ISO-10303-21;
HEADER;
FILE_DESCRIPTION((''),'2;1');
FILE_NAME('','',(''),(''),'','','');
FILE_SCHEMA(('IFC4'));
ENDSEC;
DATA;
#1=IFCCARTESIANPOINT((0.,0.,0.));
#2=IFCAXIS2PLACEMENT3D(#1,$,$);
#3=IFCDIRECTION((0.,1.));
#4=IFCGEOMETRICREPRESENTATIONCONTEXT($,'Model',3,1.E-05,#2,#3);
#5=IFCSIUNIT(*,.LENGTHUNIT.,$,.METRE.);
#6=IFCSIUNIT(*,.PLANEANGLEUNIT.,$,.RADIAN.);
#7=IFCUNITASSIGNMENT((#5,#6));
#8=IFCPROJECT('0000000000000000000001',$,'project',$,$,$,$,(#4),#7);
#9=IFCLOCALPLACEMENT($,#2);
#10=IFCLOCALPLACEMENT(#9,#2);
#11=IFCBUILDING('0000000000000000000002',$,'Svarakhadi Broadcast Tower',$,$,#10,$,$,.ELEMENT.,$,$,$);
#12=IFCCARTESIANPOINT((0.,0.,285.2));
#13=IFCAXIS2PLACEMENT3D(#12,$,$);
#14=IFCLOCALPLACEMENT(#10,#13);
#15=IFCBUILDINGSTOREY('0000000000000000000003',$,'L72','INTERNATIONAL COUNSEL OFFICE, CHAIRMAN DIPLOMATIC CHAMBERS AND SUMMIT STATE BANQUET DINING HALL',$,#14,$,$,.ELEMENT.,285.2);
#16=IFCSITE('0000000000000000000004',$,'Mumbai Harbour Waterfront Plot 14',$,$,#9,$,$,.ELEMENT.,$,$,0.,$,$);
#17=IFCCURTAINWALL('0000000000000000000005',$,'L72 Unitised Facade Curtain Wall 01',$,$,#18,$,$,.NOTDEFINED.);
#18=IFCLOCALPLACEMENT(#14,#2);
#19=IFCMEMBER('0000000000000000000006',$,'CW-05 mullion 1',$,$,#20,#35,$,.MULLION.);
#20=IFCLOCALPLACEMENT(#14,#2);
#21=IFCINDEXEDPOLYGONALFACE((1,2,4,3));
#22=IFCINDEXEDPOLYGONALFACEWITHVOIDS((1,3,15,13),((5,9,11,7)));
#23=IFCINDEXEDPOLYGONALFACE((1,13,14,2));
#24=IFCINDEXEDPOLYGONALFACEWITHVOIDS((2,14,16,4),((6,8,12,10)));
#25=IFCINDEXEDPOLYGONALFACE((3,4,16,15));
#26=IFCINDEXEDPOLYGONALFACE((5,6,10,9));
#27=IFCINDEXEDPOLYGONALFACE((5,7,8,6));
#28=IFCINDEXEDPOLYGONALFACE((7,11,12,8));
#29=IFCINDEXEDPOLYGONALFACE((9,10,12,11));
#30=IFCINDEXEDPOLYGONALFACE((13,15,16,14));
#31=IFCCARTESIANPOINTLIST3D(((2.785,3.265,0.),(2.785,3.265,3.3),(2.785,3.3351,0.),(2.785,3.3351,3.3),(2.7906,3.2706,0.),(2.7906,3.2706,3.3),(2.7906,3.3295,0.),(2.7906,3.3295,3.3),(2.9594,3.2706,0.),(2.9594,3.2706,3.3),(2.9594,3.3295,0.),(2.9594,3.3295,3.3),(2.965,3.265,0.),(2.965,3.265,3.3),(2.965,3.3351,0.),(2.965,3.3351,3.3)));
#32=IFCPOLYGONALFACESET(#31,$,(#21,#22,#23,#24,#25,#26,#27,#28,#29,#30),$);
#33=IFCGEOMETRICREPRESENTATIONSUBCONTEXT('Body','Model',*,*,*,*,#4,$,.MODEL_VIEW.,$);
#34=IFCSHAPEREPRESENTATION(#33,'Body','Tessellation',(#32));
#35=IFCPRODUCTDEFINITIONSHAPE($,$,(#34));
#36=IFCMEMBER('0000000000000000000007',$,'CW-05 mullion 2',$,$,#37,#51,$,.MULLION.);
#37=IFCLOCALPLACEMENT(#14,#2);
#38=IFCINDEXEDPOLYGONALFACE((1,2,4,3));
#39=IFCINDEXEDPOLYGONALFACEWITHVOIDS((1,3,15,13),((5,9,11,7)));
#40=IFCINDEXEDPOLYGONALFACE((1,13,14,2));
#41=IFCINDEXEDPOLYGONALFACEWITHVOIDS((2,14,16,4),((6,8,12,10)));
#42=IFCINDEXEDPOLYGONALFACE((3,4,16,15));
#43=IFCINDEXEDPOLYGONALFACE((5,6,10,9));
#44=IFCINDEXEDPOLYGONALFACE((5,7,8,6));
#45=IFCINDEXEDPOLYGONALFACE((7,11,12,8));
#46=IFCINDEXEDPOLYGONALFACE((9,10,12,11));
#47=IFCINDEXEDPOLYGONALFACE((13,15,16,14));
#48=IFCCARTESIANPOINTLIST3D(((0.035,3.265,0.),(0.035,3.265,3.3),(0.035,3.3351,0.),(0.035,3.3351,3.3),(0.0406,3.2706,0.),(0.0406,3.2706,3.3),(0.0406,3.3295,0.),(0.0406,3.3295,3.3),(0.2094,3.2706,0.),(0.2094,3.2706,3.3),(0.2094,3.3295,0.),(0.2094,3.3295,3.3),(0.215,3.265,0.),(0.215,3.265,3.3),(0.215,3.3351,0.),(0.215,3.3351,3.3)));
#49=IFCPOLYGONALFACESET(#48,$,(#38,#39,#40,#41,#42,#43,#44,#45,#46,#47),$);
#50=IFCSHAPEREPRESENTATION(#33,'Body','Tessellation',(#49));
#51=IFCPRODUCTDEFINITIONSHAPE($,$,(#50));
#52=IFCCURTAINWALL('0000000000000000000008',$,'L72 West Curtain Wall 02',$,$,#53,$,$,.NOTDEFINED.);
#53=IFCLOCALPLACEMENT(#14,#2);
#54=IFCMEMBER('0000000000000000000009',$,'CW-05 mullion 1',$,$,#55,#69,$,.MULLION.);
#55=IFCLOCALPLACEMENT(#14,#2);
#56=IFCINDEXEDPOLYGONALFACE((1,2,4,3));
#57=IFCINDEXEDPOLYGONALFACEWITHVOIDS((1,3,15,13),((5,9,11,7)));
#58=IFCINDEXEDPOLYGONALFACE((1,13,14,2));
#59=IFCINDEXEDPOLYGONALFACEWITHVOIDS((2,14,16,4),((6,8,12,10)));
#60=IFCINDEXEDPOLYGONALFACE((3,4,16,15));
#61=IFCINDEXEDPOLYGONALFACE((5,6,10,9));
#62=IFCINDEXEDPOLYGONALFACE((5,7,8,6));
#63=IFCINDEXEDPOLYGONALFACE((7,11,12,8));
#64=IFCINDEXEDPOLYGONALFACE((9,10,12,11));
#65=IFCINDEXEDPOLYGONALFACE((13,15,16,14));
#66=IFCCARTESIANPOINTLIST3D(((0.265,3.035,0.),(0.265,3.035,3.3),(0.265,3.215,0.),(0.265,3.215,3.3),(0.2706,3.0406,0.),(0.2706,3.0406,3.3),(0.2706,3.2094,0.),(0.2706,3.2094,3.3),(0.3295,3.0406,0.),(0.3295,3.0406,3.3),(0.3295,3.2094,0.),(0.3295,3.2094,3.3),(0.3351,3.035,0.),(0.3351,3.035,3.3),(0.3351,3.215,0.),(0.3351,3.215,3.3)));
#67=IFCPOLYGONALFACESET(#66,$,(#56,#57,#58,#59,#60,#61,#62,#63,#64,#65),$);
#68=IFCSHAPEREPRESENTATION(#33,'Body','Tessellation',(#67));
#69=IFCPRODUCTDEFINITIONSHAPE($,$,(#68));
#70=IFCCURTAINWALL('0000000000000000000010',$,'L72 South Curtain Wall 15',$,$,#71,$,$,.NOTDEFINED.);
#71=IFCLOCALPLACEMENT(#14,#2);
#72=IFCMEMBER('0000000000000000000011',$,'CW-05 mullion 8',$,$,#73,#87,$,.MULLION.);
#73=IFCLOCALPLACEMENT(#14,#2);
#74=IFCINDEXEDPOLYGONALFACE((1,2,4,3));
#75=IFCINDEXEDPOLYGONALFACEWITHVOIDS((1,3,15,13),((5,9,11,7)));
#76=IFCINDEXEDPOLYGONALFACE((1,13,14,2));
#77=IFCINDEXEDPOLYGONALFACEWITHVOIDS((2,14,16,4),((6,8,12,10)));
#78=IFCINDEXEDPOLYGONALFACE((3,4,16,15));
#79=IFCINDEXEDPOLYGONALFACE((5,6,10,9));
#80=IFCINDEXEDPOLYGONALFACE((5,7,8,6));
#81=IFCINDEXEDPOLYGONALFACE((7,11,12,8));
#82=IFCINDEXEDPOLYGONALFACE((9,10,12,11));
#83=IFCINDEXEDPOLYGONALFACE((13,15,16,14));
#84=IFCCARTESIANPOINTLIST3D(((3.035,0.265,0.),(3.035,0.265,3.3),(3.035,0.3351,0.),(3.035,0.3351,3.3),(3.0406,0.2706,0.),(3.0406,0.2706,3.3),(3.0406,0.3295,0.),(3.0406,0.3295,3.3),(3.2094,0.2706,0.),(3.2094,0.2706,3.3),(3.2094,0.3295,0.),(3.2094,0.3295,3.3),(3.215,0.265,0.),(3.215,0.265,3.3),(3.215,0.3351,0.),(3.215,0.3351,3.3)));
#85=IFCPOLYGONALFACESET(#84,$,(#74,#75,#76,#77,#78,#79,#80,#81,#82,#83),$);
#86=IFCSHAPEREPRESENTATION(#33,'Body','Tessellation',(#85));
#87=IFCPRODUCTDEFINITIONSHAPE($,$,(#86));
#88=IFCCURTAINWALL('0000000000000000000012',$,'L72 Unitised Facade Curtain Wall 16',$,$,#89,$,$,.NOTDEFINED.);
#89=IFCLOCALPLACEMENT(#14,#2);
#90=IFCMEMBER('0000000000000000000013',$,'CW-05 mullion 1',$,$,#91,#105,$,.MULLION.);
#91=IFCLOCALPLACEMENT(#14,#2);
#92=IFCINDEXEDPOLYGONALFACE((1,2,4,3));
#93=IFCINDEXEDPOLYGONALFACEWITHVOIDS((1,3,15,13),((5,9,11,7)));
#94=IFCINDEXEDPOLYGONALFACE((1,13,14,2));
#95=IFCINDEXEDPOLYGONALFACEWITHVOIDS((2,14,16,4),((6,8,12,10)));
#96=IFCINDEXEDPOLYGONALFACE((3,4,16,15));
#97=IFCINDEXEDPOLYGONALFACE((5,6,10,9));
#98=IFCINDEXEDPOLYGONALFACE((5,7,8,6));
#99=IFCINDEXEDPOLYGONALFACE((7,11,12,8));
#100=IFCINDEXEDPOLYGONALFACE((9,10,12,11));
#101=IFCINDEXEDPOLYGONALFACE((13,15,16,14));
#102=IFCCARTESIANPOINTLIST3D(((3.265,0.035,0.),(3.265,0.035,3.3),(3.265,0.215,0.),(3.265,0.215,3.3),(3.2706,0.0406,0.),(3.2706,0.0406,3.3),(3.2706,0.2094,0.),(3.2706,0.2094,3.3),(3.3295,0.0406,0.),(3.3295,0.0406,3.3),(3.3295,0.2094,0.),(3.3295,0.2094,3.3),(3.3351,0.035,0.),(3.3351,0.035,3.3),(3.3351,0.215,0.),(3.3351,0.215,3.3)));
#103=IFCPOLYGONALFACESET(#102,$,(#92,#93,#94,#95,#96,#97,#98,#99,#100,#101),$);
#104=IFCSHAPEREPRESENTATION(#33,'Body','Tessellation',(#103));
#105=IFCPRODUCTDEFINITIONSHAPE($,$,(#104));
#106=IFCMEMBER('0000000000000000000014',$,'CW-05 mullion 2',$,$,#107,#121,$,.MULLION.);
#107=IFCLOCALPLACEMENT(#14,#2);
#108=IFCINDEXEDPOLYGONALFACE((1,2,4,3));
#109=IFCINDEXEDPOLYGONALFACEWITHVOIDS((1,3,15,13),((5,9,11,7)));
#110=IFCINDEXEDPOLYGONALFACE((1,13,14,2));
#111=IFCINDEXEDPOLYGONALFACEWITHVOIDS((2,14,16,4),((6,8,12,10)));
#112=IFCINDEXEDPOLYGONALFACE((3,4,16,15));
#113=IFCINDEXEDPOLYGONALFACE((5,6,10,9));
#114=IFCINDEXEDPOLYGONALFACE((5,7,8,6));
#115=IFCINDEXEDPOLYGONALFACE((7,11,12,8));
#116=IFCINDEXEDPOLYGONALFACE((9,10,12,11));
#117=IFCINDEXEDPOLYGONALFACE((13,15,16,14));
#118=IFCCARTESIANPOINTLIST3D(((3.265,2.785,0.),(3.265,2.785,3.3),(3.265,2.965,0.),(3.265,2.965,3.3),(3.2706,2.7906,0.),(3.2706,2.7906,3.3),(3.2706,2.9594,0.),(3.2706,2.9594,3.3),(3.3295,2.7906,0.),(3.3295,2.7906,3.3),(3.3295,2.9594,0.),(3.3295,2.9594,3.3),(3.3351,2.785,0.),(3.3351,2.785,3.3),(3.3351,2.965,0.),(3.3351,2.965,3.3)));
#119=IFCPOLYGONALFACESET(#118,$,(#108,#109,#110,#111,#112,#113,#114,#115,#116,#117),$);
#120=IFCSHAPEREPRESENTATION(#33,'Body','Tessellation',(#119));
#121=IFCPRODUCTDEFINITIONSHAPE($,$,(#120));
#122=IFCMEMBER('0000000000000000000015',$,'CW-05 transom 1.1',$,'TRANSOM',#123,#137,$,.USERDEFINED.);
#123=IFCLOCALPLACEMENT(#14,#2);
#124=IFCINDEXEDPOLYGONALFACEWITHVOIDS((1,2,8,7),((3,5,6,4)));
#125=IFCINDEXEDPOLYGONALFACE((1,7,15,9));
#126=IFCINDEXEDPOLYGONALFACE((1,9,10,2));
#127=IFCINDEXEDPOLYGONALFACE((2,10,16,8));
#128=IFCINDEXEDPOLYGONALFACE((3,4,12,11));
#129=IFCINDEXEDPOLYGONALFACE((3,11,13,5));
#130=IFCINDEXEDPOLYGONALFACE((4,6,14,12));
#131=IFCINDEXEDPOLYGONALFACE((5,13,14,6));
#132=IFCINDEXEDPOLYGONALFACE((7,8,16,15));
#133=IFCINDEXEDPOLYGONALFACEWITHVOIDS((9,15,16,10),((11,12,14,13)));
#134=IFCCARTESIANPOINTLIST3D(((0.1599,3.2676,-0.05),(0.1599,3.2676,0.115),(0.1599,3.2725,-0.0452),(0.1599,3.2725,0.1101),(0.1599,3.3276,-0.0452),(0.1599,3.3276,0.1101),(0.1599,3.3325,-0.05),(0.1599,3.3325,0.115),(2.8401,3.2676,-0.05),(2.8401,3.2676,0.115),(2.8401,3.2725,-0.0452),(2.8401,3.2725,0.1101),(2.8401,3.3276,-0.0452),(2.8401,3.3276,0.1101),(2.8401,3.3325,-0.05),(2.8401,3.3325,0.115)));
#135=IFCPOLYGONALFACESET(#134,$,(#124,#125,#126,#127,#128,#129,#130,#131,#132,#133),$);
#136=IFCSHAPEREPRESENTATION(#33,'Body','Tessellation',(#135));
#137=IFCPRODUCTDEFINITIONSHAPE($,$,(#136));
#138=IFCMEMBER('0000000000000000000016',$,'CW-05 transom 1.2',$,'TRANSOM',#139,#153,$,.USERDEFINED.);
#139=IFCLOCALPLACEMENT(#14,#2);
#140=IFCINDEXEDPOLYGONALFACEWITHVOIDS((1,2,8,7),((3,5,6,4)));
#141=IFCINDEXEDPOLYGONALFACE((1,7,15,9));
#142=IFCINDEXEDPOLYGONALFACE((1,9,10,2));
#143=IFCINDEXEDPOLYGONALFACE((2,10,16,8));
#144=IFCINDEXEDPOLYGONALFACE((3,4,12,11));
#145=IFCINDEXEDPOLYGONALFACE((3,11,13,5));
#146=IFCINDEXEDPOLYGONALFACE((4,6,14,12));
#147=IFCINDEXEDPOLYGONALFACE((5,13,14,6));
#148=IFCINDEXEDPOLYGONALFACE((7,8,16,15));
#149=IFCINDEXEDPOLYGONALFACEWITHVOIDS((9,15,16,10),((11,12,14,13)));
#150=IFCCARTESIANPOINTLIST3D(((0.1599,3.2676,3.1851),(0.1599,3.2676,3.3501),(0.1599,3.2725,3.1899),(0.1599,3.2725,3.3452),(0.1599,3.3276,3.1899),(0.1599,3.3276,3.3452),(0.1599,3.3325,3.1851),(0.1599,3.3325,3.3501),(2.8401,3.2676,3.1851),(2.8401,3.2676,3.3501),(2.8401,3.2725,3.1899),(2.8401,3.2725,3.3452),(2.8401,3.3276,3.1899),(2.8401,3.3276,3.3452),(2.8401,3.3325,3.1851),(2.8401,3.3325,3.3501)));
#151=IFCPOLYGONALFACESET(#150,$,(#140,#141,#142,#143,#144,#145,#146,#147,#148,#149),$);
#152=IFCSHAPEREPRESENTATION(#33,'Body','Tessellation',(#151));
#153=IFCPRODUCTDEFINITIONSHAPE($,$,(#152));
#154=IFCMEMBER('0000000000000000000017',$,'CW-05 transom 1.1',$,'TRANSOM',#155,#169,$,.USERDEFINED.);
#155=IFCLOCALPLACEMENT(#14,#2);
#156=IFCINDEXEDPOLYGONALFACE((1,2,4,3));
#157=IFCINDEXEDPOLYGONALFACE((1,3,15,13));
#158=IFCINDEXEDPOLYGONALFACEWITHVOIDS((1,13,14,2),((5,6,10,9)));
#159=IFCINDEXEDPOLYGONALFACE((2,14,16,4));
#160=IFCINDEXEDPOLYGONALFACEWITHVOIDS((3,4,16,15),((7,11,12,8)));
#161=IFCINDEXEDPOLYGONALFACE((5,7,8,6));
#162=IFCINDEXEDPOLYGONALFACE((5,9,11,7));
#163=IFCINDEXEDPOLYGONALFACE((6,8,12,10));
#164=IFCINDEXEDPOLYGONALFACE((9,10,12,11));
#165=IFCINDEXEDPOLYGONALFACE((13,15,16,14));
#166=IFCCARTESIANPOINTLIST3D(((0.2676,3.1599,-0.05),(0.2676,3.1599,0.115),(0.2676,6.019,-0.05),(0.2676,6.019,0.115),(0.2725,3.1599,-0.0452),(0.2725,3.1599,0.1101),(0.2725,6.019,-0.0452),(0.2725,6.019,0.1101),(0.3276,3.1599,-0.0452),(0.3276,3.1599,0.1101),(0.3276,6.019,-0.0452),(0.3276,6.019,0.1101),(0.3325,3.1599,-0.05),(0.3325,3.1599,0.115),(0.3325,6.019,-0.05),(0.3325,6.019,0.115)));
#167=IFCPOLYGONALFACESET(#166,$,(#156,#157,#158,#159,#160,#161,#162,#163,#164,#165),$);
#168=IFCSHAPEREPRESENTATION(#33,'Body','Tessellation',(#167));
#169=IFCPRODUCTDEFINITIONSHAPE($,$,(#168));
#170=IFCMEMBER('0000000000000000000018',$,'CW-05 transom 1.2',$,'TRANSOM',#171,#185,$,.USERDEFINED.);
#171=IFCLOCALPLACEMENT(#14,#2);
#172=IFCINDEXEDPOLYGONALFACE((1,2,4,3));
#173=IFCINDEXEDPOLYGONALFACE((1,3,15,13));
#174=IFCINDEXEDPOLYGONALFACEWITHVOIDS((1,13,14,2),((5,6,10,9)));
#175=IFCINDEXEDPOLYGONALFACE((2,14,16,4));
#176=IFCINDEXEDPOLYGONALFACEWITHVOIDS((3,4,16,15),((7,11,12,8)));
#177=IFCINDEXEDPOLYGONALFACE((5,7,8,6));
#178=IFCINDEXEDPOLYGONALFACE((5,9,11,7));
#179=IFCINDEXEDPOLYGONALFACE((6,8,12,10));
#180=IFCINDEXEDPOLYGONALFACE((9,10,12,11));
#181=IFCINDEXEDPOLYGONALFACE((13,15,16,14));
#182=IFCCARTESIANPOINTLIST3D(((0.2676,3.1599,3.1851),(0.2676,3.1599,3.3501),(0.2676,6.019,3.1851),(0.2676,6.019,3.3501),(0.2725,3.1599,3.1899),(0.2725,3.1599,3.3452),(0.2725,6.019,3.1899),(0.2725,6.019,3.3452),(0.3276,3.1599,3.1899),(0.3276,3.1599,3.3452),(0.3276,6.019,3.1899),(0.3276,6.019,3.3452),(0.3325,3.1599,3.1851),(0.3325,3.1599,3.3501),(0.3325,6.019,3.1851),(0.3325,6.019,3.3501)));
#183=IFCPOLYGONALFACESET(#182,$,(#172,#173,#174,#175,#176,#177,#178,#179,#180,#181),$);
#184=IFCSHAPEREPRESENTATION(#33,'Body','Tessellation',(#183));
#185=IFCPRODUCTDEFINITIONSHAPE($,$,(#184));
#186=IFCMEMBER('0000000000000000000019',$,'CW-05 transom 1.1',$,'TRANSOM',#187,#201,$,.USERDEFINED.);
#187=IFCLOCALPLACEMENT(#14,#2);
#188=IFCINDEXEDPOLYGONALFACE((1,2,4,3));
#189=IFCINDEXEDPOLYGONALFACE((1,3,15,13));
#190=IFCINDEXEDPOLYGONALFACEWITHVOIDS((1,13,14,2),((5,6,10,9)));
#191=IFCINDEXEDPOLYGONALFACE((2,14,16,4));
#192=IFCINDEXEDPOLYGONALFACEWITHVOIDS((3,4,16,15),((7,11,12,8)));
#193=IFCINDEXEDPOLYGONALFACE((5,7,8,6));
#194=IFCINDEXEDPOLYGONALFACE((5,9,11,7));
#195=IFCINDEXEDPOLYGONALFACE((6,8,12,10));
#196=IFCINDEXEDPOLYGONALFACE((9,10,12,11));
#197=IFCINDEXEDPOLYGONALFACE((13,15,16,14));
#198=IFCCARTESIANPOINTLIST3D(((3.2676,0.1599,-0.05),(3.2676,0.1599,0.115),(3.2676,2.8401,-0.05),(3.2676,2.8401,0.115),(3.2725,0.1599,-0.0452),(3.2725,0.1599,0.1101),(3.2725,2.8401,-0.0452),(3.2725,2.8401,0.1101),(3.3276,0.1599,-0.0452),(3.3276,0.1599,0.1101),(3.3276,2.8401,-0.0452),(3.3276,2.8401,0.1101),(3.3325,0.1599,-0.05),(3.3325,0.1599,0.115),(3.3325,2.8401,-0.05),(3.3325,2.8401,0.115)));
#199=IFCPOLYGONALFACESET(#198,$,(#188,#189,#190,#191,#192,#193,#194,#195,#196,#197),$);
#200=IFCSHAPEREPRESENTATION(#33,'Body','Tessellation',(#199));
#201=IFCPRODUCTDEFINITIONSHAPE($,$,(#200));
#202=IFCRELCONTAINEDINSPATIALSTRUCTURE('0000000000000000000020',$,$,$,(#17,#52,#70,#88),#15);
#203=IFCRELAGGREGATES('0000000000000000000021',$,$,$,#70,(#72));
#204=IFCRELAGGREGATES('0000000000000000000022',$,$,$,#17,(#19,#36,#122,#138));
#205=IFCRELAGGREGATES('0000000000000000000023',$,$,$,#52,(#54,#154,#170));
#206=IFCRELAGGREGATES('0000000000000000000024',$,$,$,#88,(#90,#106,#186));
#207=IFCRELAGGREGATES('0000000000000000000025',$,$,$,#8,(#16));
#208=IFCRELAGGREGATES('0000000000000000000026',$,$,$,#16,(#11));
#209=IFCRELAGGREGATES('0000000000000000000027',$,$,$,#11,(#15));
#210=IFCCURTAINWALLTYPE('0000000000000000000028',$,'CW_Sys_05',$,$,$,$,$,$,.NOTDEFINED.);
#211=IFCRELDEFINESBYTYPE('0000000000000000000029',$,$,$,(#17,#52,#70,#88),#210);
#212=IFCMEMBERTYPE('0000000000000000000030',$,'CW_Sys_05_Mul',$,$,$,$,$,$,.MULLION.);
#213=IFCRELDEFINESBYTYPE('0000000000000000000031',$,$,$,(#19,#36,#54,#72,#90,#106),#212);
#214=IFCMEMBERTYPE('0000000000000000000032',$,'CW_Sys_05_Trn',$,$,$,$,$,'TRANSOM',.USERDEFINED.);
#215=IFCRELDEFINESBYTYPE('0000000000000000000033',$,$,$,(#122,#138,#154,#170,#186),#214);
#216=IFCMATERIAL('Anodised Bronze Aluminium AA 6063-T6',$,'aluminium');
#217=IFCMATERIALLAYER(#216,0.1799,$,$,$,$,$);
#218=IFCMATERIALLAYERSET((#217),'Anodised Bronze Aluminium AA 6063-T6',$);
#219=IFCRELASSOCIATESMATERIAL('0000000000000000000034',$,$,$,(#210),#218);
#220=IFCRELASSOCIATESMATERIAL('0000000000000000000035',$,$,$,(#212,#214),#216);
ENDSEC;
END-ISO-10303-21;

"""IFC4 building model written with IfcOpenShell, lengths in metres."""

from ifc_helpers import new_model, si_unit, direction, frame, origin, origin_2d, place, context, subcontext, project, spatial, hollow_rectangle, extrude, material, layer, layer_set, material_profile, profile_set, type_object, element, aggregate, save


model = new_model("IFC4")

# Units and contexts
model_context = context("Model", 3, precision=1e-05, world=origin(), true_north=direction((0.0, 1.0)))
body_context = subcontext(model_context, "Body", "Model", "MODEL_VIEW")
ifc_project = project(units=[si_unit("LENGTHUNIT", "METRE"), si_unit("PLANEANGLEUNIT", "RADIAN")], contexts=[model_context])

# Site, building, storey
site_placement = place(None, origin())
site = spatial("IfcSite", under=ifc_project, at=site_placement, Name="Mumbai Harbour Waterfront Plot 14", CompositionType="ELEMENT", RefElevation=0.0)
building_placement = place(site_placement, origin())
building = spatial("IfcBuilding", under=site, at=building_placement, Name="Svarakhadi Broadcast Tower", CompositionType="ELEMENT")
storey_placement = place(building_placement, frame((0.0, 0.0, 285.2)))
storey = spatial("IfcBuildingStorey", under=building, at=storey_placement, Name="L72", Description="INTERNATIONAL COUNSEL OFFICE, CHAIRMAN DIPLOMATIC CHAMBERS AND SUMMIT STATE BANQUET DINING HALL", CompositionType="ELEMENT", Elevation=285.2)

# Curtain wall, members
ifc_material_1 = material(Name="Anodised Bronze Aluminium AA 6063-T6", Category="aluminium")
ifc_layer_1 = layer(ifc_material_1, 0.1799)
ifc_layer_set_1 = layer_set([ifc_layer_1], Name="Anodised Bronze Aluminium AA 6063-T6")
curtain_wall_type = type_object("IfcCurtainWallType", Name="CW_Sys_05", PredefinedType="NOTDEFINED", material=ifc_layer_set_1)
curtain_wall_1_placement = place(storey_placement, origin())
curtain_wall_1 = element("IfcCurtainWall", 1, at=curtain_wall_1_placement, inside=storey, type_object=curtain_wall_type, Name="L72 Unitised Facade Curtain Wall 01", PredefinedType="NOTDEFINED")
ifc_material_profile_1 = material_profile(ifc_material_1, hollow_rectangle(XDim=0.0701, YDim=0.1799, WallThickness=0.0056, at=origin_2d()), Name="ALU MULLION 180x70x6")
ifc_profile_set_1 = profile_set([ifc_material_profile_1], Name="Anodised Bronze Aluminium AA 6063-T6")
member_type_1 = type_object("IfcMemberType", Name="CW_Sys_05_Mul", PredefinedType="MULLION", material=ifc_profile_set_1)
member_1_placement = place(storey_placement, frame((2.875, 3.3, 0.0), z_axis=(0.0, 0.0, 1.0), x_axis=(0.0, -1.0, 0.0)))
member_1 = element("IfcMember", 2, at=member_1_placement, type_object=member_type_1, Name="CW-05 mullion 1", PredefinedType="MULLION", context=body_context, shape_type="SweptSolid", body=[
    extrude(hollow_rectangle(XDim=0.0701, YDim=0.1799, WallThickness=0.0056, at=origin_2d()), origin(), (0.0, 0.0, 1.0), 3.3),
])
member_2_placement = place(storey_placement, frame((0.125, 3.3, 0.0), z_axis=(0.0, 0.0, 1.0), x_axis=(0.0, -1.0, 0.0)))
member_2 = element("IfcMember", 3, at=member_2_placement, type_object=member_type_1, Name="CW-05 mullion 2", PredefinedType="MULLION", context=body_context, shape_type="SweptSolid", body=[
    extrude(hollow_rectangle(XDim=0.0701, YDim=0.1799, WallThickness=0.0056, at=origin_2d()), origin(), (0.0, 0.0, 1.0), 3.3),
])

# Curtain walls, members
curtain_wall_2_placement = place(storey_placement, origin())
curtain_wall_2 = element("IfcCurtainWall", 4, at=curtain_wall_2_placement, inside=storey, type_object=curtain_wall_type, Name="L72 West Curtain Wall 02", PredefinedType="NOTDEFINED")
member_3_placement = place(storey_placement, frame((0.3, 3.125, 0.0), z_axis=(0.0, 0.0, 1.0), x_axis=(-1.0, 0.0, 0.0)))
member_3 = element("IfcMember", 5, at=member_3_placement, type_object=member_type_1, Name="CW-05 mullion 1", PredefinedType="MULLION", context=body_context, shape_type="SweptSolid", body=[
    extrude(hollow_rectangle(XDim=0.0701, YDim=0.1799, WallThickness=0.0056, at=origin_2d()), origin(), (0.0, 0.0, 1.0), 3.3),
])
curtain_wall_3_placement = place(storey_placement, origin())
curtain_wall_3 = element("IfcCurtainWall", 6, at=curtain_wall_3_placement, inside=storey, type_object=curtain_wall_type, Name="L72 South Curtain Wall 15", PredefinedType="NOTDEFINED")
member_4_placement = place(storey_placement, frame((3.125, 0.3, 0.0), z_axis=(0.0, 0.0, 1.0), x_axis=(0.0, -1.0, 0.0)))
member_4 = element("IfcMember", 7, at=member_4_placement, type_object=member_type_1, Name="CW-05 mullion 8", PredefinedType="MULLION", context=body_context, shape_type="SweptSolid", body=[
    extrude(hollow_rectangle(XDim=0.0701, YDim=0.1799, WallThickness=0.0056, at=origin_2d()), origin(), (0.0, 0.0, 1.0), 3.3),
])
aggregate(curtain_wall_3, [member_4])

# Curtain wall, members
curtain_wall_4_placement = place(storey_placement, origin())
curtain_wall_4 = element("IfcCurtainWall", 8, at=curtain_wall_4_placement, inside=storey, type_object=curtain_wall_type, Name="L72 Unitised Facade Curtain Wall 16", PredefinedType="NOTDEFINED")
member_5_placement = place(storey_placement, frame((3.3, 0.125, 0.0), z_axis=(0.0, 0.0, 1.0), x_axis=(-1.0, 0.0, 0.0)))
member_5 = element("IfcMember", 9, at=member_5_placement, type_object=member_type_1, Name="CW-05 mullion 1", PredefinedType="MULLION", context=body_context, shape_type="SweptSolid", body=[
    extrude(hollow_rectangle(XDim=0.0701, YDim=0.1799, WallThickness=0.0056, at=origin_2d()), origin(), (0.0, 0.0, 1.0), 3.3),
])
member_6_placement = place(storey_placement, frame((3.3, 2.875, 0.0), z_axis=(0.0, 0.0, 1.0), x_axis=(-1.0, 0.0, 0.0)))
member_6 = element("IfcMember", 10, at=member_6_placement, type_object=member_type_1, Name="CW-05 mullion 2", PredefinedType="MULLION", context=body_context, shape_type="SweptSolid", body=[
    extrude(hollow_rectangle(XDim=0.0701, YDim=0.1799, WallThickness=0.0056, at=origin_2d()), origin(), (0.0, 0.0, 1.0), 3.3),
])

# Members
ifc_material_profile_2 = material_profile(ifc_material_1, hollow_rectangle(XDim=0.0649, YDim=0.165, WallThickness=0.0049, at=origin_2d()), Name="ALU TRANSOM 165x65x5")
ifc_profile_set_2 = profile_set([ifc_material_profile_2], Name="Anodised Bronze Aluminium AA 6063-T6")
member_type_2 = type_object("IfcMemberType", Name="CW_Sys_05_Trn", ElementType="TRANSOM", PredefinedType="USERDEFINED", material=ifc_profile_set_2)
member_7_placement = place(storey_placement, frame((2.8401, 3.3, 0.0325), z_axis=(-1.0, 0.0, 0.0), x_axis=(0.0, -1.0, 0.0)))
member_7 = element("IfcMember", 11, at=member_7_placement, type_object=member_type_2, Name="CW-05 transom 1.1", ObjectType="TRANSOM", PredefinedType="USERDEFINED", context=body_context, shape_type="SweptSolid", body=[
    extrude(hollow_rectangle(XDim=0.0649, YDim=0.165, WallThickness=0.0049, at=origin_2d()), origin(), (0.0, 0.0, 1.0), 2.6802),
])
member_8_placement = place(storey_placement, frame((2.8401, 3.3, 3.2676), z_axis=(-1.0, 0.0, 0.0), x_axis=(0.0, -1.0, 0.0)))
member_8 = element("IfcMember", 12, at=member_8_placement, type_object=member_type_2, Name="CW-05 transom 1.2", ObjectType="TRANSOM", PredefinedType="USERDEFINED", context=body_context, shape_type="SweptSolid", body=[
    extrude(hollow_rectangle(XDim=0.0649, YDim=0.165, WallThickness=0.0049, at=origin_2d()), origin(), (0.0, 0.0, 1.0), 2.6802),
])
member_9_placement = place(storey_placement, frame((0.3, 3.1599, 0.0325), z_axis=(0.0, 1.0, 0.0), x_axis=(-1.0, 0.0, 0.0)))
member_9 = element("IfcMember", 13, at=member_9_placement, type_object=member_type_2, Name="CW-05 transom 1.1", ObjectType="TRANSOM", PredefinedType="USERDEFINED", context=body_context, shape_type="SweptSolid", body=[
    extrude(hollow_rectangle(XDim=0.0649, YDim=0.165, WallThickness=0.0049, at=origin_2d()), origin(), (0.0, 0.0, 1.0), 2.8591),
])
member_10_placement = place(storey_placement, frame((0.3, 3.1599, 3.2676), z_axis=(0.0, 1.0, 0.0), x_axis=(-1.0, 0.0, 0.0)))
member_10 = element("IfcMember", 14, at=member_10_placement, type_object=member_type_2, Name="CW-05 transom 1.2", ObjectType="TRANSOM", PredefinedType="USERDEFINED", context=body_context, shape_type="SweptSolid", body=[
    extrude(hollow_rectangle(XDim=0.0649, YDim=0.165, WallThickness=0.0049, at=origin_2d()), origin(), (0.0, 0.0, 1.0), 2.8591),
])
member_11_placement = place(storey_placement, frame((3.3, 0.1599, 0.0325), z_axis=(0.0, 1.0, 0.0), x_axis=(-1.0, 0.0, 0.0)))
member_11 = element("IfcMember", 15, at=member_11_placement, type_object=member_type_2, Name="CW-05 transom 1.1", ObjectType="TRANSOM", PredefinedType="USERDEFINED", context=body_context, shape_type="SweptSolid", body=[
    extrude(hollow_rectangle(XDim=0.0649, YDim=0.165, WallThickness=0.0049, at=origin_2d()), origin(), (0.0, 0.0, 1.0), 2.6802),
])

aggregate(curtain_wall_1, [member_1, member_2, member_7, member_8])
aggregate(curtain_wall_2, [member_3, member_9, member_10])
aggregate(curtain_wall_4, [member_5, member_6, member_11])

save(model, "model.ifc")
